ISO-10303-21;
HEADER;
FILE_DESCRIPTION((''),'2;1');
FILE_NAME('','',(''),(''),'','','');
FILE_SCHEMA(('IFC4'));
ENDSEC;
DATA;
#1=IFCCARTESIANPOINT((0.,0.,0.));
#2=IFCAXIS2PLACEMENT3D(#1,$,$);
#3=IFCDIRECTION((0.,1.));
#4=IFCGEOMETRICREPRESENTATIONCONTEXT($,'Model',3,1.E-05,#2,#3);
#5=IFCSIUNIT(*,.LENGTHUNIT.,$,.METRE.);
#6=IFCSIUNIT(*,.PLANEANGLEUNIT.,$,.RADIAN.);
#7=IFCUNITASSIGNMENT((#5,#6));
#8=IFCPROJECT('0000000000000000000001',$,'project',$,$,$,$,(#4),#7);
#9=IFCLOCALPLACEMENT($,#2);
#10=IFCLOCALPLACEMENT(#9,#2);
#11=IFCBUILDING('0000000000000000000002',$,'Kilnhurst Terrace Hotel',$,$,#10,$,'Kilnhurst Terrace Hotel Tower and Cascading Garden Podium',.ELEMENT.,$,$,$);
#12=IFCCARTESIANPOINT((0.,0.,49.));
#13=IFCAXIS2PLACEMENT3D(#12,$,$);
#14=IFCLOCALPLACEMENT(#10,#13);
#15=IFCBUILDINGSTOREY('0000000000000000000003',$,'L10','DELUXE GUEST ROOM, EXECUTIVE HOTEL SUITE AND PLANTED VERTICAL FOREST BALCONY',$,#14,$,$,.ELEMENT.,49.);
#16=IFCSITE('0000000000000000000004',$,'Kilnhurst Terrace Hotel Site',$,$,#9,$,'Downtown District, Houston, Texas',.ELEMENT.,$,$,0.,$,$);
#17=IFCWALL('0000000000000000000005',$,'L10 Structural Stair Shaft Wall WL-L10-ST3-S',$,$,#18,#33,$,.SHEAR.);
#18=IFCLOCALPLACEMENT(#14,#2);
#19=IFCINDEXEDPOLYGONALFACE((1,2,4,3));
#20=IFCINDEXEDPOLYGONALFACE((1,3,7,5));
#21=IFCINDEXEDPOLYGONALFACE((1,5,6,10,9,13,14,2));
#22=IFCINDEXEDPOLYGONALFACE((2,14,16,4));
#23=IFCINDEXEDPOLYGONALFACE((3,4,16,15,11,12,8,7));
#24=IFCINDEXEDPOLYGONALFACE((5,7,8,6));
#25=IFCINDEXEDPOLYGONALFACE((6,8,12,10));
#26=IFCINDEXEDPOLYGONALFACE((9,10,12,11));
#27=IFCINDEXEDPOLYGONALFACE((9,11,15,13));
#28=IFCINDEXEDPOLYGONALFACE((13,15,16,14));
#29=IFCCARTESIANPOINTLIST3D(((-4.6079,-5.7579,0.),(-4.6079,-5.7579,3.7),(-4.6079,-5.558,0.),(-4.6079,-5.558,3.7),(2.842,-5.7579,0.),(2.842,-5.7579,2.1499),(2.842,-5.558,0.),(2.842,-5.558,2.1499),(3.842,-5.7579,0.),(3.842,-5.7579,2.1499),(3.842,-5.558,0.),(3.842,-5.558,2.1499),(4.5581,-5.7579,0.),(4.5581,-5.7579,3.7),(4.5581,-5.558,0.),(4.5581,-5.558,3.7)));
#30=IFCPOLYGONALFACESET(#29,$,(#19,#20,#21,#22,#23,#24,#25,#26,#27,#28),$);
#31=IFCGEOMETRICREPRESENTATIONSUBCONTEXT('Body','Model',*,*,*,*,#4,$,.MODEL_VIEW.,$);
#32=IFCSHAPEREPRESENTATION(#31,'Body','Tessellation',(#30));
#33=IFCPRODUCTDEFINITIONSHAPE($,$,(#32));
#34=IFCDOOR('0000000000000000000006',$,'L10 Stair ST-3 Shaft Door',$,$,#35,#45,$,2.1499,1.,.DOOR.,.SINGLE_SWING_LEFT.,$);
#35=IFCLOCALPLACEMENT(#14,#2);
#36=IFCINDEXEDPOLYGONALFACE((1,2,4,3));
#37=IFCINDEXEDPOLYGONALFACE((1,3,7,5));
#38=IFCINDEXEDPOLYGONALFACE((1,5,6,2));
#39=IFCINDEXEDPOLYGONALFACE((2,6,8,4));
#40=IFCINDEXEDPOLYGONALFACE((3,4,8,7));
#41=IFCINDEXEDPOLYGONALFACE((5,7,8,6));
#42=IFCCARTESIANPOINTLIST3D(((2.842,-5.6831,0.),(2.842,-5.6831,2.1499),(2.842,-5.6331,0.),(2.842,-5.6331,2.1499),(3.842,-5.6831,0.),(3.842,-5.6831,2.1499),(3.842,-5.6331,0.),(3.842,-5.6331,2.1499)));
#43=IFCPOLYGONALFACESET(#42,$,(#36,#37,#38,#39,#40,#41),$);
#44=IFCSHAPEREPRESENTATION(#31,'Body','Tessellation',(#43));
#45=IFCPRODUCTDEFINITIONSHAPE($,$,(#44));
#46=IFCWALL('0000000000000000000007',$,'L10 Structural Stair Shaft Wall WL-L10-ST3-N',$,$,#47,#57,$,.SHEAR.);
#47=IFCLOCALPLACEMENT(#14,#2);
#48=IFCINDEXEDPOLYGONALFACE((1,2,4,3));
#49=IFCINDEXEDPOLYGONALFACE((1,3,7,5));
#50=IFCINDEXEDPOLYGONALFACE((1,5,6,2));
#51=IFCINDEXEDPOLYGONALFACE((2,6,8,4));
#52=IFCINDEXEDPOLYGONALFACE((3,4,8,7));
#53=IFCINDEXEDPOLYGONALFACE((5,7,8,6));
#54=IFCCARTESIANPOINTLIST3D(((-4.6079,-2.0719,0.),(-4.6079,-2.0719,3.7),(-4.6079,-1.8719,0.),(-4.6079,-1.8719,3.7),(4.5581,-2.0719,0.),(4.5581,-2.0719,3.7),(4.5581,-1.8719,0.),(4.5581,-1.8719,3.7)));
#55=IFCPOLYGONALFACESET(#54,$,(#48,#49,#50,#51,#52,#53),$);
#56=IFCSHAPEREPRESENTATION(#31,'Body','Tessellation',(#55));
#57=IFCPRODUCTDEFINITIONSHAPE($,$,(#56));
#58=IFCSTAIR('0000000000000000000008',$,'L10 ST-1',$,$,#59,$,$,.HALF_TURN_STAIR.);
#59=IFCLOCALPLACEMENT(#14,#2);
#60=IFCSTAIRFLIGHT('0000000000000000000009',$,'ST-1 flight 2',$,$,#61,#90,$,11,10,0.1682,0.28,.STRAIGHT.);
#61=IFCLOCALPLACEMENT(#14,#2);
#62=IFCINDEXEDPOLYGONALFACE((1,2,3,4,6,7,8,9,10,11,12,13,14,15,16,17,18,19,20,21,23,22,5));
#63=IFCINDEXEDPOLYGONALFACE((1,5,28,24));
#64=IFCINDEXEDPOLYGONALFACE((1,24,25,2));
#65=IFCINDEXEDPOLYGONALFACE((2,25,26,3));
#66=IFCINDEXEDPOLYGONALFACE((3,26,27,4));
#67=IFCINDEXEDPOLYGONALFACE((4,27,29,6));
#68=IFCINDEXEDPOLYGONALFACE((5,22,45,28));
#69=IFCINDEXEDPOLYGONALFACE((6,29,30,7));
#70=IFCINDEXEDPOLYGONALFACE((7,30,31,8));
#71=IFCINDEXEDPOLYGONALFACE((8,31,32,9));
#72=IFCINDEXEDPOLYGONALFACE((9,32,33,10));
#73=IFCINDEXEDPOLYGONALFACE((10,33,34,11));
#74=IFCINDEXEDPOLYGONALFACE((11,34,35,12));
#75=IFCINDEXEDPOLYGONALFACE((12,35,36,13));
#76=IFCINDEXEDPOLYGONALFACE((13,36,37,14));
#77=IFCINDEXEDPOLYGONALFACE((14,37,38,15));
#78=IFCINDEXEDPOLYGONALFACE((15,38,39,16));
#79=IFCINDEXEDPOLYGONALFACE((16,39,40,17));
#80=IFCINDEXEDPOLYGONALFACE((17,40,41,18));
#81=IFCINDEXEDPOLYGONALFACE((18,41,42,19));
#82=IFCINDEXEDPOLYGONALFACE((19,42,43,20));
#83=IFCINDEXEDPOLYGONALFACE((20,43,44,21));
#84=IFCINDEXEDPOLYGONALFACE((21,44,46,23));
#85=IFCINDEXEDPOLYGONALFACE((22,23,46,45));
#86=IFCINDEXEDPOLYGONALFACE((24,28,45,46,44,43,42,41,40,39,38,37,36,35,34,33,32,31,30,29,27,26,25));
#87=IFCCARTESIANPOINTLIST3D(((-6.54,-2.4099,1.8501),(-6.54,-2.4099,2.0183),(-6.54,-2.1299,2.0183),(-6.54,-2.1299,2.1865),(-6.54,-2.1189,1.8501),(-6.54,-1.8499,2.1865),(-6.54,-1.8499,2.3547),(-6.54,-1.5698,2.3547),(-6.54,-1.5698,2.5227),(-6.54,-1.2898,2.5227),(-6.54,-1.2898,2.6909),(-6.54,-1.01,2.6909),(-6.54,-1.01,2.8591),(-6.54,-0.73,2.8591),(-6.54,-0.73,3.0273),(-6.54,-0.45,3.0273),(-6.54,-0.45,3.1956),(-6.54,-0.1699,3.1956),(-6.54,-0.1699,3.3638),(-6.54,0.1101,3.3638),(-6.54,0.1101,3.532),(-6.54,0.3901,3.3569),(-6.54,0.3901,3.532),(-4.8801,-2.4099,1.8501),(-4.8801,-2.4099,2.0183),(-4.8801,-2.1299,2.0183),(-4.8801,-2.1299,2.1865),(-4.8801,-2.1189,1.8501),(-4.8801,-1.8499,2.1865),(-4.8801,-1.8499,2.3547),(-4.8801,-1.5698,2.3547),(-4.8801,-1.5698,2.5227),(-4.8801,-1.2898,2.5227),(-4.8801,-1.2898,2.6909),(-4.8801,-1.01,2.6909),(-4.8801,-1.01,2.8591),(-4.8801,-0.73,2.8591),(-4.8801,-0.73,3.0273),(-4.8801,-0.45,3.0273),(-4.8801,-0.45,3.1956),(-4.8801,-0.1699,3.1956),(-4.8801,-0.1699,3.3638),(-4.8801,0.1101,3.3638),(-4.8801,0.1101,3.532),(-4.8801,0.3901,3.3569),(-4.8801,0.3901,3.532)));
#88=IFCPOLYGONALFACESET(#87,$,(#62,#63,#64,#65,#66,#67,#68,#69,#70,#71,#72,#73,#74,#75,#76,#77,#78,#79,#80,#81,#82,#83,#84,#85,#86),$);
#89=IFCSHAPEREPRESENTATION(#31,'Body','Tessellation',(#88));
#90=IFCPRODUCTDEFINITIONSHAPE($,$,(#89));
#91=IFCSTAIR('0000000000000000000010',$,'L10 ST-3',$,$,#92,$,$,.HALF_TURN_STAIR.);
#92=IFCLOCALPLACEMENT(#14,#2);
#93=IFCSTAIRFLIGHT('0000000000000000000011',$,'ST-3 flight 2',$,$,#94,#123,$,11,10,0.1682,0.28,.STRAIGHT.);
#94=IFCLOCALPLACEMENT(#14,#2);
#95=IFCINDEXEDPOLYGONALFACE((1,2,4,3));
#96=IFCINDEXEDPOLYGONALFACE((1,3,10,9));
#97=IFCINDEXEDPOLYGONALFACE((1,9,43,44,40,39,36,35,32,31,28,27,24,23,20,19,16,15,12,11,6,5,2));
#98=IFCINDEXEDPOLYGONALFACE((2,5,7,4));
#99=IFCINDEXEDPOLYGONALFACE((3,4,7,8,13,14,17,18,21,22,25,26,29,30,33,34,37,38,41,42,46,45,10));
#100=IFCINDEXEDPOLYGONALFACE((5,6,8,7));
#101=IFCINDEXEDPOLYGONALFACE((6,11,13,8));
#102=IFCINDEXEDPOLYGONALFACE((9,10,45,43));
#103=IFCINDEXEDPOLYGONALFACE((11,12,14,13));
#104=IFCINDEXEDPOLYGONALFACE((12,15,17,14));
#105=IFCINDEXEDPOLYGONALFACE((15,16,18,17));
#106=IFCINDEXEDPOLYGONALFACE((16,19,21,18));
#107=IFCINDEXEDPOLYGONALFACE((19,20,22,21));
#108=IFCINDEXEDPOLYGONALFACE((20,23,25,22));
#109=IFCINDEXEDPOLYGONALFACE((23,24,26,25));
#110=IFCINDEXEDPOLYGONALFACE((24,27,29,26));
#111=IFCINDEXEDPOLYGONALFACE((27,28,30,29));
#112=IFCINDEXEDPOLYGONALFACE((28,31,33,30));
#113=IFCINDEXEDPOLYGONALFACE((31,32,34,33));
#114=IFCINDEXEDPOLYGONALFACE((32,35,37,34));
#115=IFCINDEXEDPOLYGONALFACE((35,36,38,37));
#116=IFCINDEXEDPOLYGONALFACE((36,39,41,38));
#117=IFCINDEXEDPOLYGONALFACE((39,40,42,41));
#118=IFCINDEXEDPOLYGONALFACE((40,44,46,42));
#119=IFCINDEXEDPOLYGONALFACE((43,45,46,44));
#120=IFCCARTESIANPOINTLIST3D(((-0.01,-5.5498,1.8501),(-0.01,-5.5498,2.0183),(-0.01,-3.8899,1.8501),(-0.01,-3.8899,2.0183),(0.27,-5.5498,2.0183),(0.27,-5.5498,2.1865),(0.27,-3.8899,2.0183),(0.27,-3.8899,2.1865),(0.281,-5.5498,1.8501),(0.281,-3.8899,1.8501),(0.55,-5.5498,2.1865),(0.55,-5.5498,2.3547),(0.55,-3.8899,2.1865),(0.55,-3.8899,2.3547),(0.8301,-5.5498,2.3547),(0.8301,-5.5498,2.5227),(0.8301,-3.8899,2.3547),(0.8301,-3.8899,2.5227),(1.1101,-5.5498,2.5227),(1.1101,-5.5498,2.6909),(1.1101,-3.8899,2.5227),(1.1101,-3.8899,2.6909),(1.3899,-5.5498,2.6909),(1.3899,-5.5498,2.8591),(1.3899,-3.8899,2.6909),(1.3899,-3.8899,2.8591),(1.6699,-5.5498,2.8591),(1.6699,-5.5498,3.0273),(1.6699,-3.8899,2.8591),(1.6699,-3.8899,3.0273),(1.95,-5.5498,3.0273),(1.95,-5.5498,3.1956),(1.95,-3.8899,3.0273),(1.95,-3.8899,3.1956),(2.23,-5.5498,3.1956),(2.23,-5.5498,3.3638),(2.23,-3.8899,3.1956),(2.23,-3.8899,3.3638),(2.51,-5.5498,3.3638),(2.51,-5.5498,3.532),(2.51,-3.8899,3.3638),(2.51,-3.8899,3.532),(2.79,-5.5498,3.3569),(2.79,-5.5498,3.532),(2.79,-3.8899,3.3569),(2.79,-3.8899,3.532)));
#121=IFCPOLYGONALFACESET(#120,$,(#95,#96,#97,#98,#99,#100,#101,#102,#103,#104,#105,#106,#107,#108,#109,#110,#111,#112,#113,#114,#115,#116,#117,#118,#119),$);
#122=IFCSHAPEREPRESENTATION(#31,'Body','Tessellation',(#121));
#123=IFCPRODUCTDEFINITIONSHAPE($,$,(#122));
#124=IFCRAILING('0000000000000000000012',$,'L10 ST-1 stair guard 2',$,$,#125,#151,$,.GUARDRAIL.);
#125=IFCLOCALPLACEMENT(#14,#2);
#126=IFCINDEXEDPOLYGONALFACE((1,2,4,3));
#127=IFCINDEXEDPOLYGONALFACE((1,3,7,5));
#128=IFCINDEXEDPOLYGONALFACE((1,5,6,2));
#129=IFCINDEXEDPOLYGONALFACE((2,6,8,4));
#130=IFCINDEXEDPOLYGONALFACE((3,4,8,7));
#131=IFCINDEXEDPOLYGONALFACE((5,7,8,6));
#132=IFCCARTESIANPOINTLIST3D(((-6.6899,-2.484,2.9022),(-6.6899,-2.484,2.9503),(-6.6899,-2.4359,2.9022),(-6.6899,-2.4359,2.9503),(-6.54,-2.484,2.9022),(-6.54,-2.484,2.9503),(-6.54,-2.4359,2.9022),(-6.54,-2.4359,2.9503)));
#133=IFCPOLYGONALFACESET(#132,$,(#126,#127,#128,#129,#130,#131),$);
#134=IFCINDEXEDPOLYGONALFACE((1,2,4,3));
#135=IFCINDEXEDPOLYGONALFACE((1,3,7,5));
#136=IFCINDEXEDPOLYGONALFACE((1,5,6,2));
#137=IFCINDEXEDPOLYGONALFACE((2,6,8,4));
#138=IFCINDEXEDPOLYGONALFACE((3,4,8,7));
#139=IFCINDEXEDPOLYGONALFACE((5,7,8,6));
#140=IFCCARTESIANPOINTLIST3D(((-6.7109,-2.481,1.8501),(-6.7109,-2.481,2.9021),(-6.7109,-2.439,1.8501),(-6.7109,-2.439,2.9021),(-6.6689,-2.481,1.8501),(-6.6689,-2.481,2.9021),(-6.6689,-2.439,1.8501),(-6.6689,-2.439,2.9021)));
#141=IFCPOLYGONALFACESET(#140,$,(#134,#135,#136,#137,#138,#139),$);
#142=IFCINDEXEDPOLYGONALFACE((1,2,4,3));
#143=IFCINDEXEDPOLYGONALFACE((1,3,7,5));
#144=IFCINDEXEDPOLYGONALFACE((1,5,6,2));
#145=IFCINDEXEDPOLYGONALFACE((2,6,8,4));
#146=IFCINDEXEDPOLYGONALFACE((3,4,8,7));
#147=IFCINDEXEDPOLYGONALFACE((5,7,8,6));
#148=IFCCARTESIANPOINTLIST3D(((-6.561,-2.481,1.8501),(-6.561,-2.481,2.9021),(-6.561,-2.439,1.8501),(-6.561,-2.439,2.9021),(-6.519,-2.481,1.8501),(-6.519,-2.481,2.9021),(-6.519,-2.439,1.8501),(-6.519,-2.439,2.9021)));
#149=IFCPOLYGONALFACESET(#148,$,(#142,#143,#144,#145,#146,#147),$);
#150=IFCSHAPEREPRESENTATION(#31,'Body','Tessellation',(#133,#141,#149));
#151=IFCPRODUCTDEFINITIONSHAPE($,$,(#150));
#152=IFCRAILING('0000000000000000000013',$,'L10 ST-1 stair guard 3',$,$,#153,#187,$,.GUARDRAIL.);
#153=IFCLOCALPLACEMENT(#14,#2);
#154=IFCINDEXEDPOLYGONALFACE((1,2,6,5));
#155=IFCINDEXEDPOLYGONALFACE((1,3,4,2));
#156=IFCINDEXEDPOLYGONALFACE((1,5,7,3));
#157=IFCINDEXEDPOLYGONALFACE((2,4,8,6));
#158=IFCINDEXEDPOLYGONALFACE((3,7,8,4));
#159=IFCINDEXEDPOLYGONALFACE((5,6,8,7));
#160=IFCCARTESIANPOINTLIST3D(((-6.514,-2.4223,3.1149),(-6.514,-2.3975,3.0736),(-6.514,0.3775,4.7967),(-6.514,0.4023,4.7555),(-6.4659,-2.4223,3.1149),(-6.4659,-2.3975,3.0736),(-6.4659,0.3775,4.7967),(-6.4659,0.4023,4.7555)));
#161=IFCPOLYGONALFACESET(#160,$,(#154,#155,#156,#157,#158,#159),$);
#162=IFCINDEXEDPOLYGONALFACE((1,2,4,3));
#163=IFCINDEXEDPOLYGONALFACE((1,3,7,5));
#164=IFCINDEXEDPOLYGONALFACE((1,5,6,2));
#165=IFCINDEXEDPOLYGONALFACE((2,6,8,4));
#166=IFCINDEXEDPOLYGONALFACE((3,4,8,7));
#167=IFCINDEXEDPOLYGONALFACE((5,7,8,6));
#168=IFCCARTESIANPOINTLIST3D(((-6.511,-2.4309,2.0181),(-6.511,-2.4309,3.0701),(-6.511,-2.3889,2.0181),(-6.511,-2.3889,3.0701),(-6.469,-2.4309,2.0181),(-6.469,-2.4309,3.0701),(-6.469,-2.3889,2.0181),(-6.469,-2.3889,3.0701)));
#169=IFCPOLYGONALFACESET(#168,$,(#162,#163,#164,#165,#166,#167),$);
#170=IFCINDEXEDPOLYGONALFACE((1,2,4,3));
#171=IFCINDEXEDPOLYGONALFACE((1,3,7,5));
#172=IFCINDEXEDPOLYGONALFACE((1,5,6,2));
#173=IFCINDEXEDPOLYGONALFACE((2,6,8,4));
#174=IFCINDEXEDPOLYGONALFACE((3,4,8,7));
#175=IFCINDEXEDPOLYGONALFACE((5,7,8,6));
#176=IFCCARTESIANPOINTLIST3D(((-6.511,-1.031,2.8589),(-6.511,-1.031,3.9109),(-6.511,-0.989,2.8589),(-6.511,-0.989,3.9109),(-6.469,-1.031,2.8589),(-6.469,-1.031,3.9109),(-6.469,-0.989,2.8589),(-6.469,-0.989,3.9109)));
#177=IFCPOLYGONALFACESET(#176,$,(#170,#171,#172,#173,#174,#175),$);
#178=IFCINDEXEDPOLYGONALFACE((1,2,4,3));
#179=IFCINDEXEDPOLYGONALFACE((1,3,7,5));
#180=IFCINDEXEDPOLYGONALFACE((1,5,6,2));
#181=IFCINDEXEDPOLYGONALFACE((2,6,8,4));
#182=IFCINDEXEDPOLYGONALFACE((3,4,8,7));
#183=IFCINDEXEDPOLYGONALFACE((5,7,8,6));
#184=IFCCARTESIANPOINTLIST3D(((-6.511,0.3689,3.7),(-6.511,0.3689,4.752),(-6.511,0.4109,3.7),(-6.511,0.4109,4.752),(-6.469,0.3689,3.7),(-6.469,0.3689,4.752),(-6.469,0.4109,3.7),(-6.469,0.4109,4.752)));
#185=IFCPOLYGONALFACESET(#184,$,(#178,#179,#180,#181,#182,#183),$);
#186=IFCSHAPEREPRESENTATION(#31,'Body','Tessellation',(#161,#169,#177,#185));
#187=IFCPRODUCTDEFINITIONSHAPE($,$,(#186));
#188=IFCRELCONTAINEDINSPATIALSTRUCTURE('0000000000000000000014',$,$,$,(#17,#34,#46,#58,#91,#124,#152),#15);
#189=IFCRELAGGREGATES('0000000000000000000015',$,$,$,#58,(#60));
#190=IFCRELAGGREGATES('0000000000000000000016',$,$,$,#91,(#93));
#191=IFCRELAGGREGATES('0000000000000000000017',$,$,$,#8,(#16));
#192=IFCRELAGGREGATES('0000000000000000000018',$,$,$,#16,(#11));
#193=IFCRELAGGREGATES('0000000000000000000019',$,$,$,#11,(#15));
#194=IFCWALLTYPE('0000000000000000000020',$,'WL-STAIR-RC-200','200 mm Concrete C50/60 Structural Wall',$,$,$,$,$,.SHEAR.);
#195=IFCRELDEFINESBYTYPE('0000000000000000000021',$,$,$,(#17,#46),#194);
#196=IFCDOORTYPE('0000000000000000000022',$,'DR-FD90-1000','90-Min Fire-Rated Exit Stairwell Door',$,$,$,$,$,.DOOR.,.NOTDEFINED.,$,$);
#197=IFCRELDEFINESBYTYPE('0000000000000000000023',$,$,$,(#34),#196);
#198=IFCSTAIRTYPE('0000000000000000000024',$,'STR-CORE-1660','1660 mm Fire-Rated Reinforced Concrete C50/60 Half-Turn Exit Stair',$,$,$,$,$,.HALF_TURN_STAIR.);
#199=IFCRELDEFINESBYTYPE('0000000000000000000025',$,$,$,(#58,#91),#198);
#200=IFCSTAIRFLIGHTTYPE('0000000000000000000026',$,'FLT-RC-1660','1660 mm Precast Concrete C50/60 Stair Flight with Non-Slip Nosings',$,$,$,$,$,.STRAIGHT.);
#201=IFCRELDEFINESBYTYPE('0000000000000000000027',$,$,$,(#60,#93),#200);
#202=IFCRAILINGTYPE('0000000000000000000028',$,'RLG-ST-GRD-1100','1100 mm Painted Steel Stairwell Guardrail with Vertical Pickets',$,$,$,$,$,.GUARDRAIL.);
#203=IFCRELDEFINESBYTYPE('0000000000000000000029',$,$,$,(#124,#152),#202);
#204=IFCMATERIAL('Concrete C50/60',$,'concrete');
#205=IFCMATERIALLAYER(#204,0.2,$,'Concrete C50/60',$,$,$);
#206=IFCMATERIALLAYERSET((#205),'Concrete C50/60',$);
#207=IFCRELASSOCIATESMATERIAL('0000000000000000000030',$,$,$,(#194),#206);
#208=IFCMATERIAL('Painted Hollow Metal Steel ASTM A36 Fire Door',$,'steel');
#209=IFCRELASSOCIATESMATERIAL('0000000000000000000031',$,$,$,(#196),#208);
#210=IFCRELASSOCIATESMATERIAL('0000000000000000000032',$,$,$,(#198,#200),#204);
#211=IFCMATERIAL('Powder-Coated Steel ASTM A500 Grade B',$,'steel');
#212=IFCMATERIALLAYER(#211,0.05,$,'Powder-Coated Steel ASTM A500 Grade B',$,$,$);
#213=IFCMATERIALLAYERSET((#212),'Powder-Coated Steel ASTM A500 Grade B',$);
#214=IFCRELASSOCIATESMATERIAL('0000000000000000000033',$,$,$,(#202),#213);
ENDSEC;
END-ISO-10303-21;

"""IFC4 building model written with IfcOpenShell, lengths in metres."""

from ifc_helpers import new_model, si_unit, direction, frame, frame_2d, origin, origin_2d, place, context, subcontext, project, spatial, polyline, rectangle, outline, extrude, material, layer, layer_set, type_object, element, fill, aggregate, save


model = new_model("IFC4")

# Units and contexts
model_context = context("Model", 3, precision=1e-05, world=origin(), true_north=direction((0.0, 1.0)))
body_context = subcontext(model_context, "Body", "Model", "MODEL_VIEW")
ifc_project = project(units=[si_unit("LENGTHUNIT", "METRE"), si_unit("PLANEANGLEUNIT", "RADIAN")], contexts=[model_context])

# Site, building, storey
site_placement = place(None, origin())
site = spatial("IfcSite", under=ifc_project, at=site_placement, Name="Kilnhurst Terrace Hotel Site", LongName="Downtown District, Houston, Texas", CompositionType="ELEMENT", RefElevation=0.0)
building_placement = place(site_placement, origin())
building = spatial("IfcBuilding", under=site, at=building_placement, Name="Kilnhurst Terrace Hotel", LongName="Kilnhurst Terrace Hotel Tower and Cascading Garden Podium", CompositionType="ELEMENT")
storey_placement = place(building_placement, frame((0.0, 0.0, 49.0)))
storey = spatial("IfcBuildingStorey", under=building, at=storey_placement, Name="L10", Description="DELUXE GUEST ROOM, EXECUTIVE HOTEL SUITE AND PLANTED VERTICAL FOREST BALCONY", CompositionType="ELEMENT", Elevation=49.0)

# Shared definitions
ifc_material_1 = material(Name="Concrete C50/60", Category="concrete")
ifc_layer_1 = layer(ifc_material_1, 0.2, Name="Concrete C50/60")
ifc_layer_set_1 = layer_set([ifc_layer_1], Name="Concrete C50/60")
wall_type_1 = type_object("IfcWallType", Name="WL-STAIR-RC-200", Description="200 mm Concrete C50/60 Structural Wall", PredefinedType="SHEAR", material=ifc_layer_set_1)

# Wall, opening, door
wall_1_placement = place(storey_placement, frame((-4.6079, -5.658, 0.0), z_axis=(0.0, 0.0, 1.0), x_axis=(1.0, 0.0, 0.0)))
wall_1 = element("IfcWall", 1, at=wall_1_placement, inside=storey, type_object=wall_type_1, Name="L10 Structural Stair Shaft Wall WL-L10-ST3-S", PredefinedType="SHEAR", context=body_context, shape_type="SweptSolid", body=[
    extrude(rectangle(XDim=9.166, YDim=0.2, at=frame_2d((4.583, 0.0))), origin(), (0.0, 0.0, 1.0), 3.7),
])
opening_1_placement = place(wall_1_placement, frame((7.45, 0.0, 0.0)))
opening_1 = element("IfcOpeningElement", 2, at=opening_1_placement, cuts=wall_1, PredefinedType="OPENING", context=body_context, shape_type="SweptSolid", body=[
    extrude(rectangle(XDim=1.0, YDim=2.1499, at=frame_2d((0.5, 1.075))), frame((0.0, 0.1099, 0.0), z_axis=(0.0, -1.0, 0.0), x_axis=(1.0, 0.0, 0.0)), (0.0, 0.0, 1.0), 0.22),
])
ifc_material_2 = material(Name="Painted Hollow Metal Steel ASTM A36 Fire Door", Category="steel")
door_type_1 = type_object("IfcDoorType", Name="DR-FD90-1000", Description="90-Min Fire-Rated Exit Stairwell Door", OperationType="NOTDEFINED", PredefinedType="DOOR", material=ifc_material_2)
door_1_placement = place(opening_1_placement, origin())
door_1 = element("IfcDoor", 3, at=door_1_placement, inside=storey, type_object=door_type_1, Name="L10 Stair ST-3 Shaft Door", OperationType="SINGLE_SWING_LEFT", OverallHeight=2.1499, OverallWidth=1.0, PredefinedType="DOOR", context=body_context, shape_type="SweptSolid", body=[
    extrude(rectangle(XDim=1.0, YDim=2.1499, at=frame_2d((0.5, 1.075))), frame((0.0, 0.0249, 0.0), z_axis=(0.0, -1.0, 0.0), x_axis=(1.0, 0.0, 0.0)), (0.0, 0.0, 1.0), 0.05),
])
fill(opening_1, door_1)

# Wall
wall_2_placement = place(storey_placement, frame((-4.6079, -1.9719, 0.0), z_axis=(0.0, 0.0, 1.0), x_axis=(1.0, 0.0, 0.0)))
element("IfcWall", 4, at=wall_2_placement, inside=storey, type_object=wall_type_1, Name="L10 Structural Stair Shaft Wall WL-L10-ST3-N", PredefinedType="SHEAR", context=body_context, shape_type="SweptSolid", body=[
    extrude(rectangle(XDim=9.166, YDim=0.2, at=frame_2d((4.583, 0.0))), origin(), (0.0, 0.0, 1.0), 3.7),
])

# Stairs, stair flights
stair_type = type_object("IfcStairType", Name="STR-CORE-1660", Description="1660 mm Fire-Rated Reinforced Concrete C50/60 Half-Turn Exit Stair", PredefinedType="HALF_TURN_STAIR", material=ifc_material_1)
stair_1_placement = place(storey_placement, origin())
stair_1 = element("IfcStair", 5, at=stair_1_placement, inside=storey, type_object=stair_type, Name="L10 ST-1", PredefinedType="HALF_TURN_STAIR")
stair_flight_type = type_object("IfcStairFlightType", Name="FLT-RC-1660", Description="1660 mm Precast Concrete C50/60 Stair Flight with Non-Slip Nosings", PredefinedType="STRAIGHT", material=ifc_material_1)
stair_flight_1_placement = place(storey_placement, frame((-5.71, -2.4099, 1.8501), z_axis=(0.0, 0.0, 1.0), x_axis=(0.0, 1.0, 0.0)))
stair_flight_1 = element("IfcStairFlight", 6, at=stair_flight_1_placement, type_object=stair_flight_type, Name="ST-1 flight 2", NumberOfRisers=11, NumberOfTreads=10, PredefinedType="STRAIGHT", RiserHeight=0.1682, TreadLength=0.28, context=body_context, shape_type="SweptSolid", body=[
    extrude(outline(polyline([(0.0, 0.0), (0.0, 0.1682), (0.28, 0.1682), (0.28, 0.3364), (0.5601, 0.3364), (0.5601, 0.5046), (0.8401, 0.5046), (0.8401, 0.6726), (1.1201, 0.6726), (1.1201, 0.8408), (1.3999, 0.8408), (1.3999, 1.009), (1.6799, 1.009), (1.6799, 1.1772), (1.96, 1.1772), (1.96, 1.3455), (2.24, 1.3455), (2.24, 1.5137), (2.52, 1.5137), (2.52, 1.6819), (2.8, 1.6819), (2.8, 1.8501), (2.8, 1.5068), (0.291, 0.0), (0.0, 0.0)])), frame((0.0, 0.8301, 0.0), z_axis=(0.0, -1.0, 0.0), x_axis=(1.0, 0.0, 0.0)), (0.0, 0.0, 1.0), 1.6599),
])
aggregate(stair_1, [stair_flight_1])
stair_2_placement = place(storey_placement, origin())
stair_2 = element("IfcStair", 7, at=stair_2_placement, inside=storey, type_object=stair_type, Name="L10 ST-3", PredefinedType="HALF_TURN_STAIR")
stair_flight_2_placement = place(storey_placement, frame((-0.01, -4.72, 1.8501), z_axis=(0.0, 0.0, 1.0), x_axis=(1.0, 0.0, 0.0)))
stair_flight_2 = element("IfcStairFlight", 8, at=stair_flight_2_placement, type_object=stair_flight_type, Name="ST-3 flight 2", NumberOfRisers=11, NumberOfTreads=10, PredefinedType="STRAIGHT", RiserHeight=0.1682, TreadLength=0.28, context=body_context, shape_type="SweptSolid", body=[
    extrude(outline(polyline([(0.0, 0.0), (0.0, 0.1682), (0.28, 0.1682), (0.28, 0.3364), (0.5601, 0.3364), (0.5601, 0.5046), (0.8401, 0.5046), (0.8401, 0.6726), (1.1201, 0.6726), (1.1201, 0.8408), (1.3999, 0.8408), (1.3999, 1.009), (1.6799, 1.009), (1.6799, 1.1772), (1.96, 1.1772), (1.96, 1.3455), (2.24, 1.3455), (2.24, 1.5137), (2.52, 1.5137), (2.52, 1.6819), (2.8, 1.6819), (2.8, 1.8501), (2.8, 1.5068), (0.291, 0.0), (0.0, 0.0)])), frame((0.0, 0.8301, 0.0), z_axis=(0.0, -1.0, 0.0), x_axis=(1.0, 0.0, 0.0)), (0.0, 0.0, 1.0), 1.6599),
])
aggregate(stair_2, [stair_flight_2])

# Railings
ifc_material_3 = material(Name="Powder-Coated Steel ASTM A500 Grade B", Category="steel")
ifc_layer_2 = layer(ifc_material_3, 0.05, Name="Powder-Coated Steel ASTM A500 Grade B")
ifc_layer_set_2 = layer_set([ifc_layer_2], Name="Powder-Coated Steel ASTM A500 Grade B")
railing_type_1 = type_object("IfcRailingType", Name="RLG-ST-GRD-1100", Description="1100 mm Painted Steel Stairwell Guardrail with Vertical Pickets", PredefinedType="GUARDRAIL", material=ifc_layer_set_2)
railing_1_placement = place(storey_placement, frame((-6.6899, -2.46, 1.8501)))
element("IfcRailing", 9, at=railing_1_placement, inside=storey, type_object=railing_type_1, Name="L10 ST-1 stair guard 2", PredefinedType="GUARDRAIL", context=body_context, shape_type="SweptSolid", body=[
    extrude(rectangle(XDim=0.0481, YDim=0.0481, at=origin_2d()), frame((0.0, 0.0, 1.0762), z_axis=(1.0, 0.0, 0.0), x_axis=(0.0, 1.0, 0.0)), (0.0, 0.0, 1.0), 0.1499),
    extrude(rectangle(XDim=0.042, YDim=0.042, at=origin_2d()), origin(), (0.0, 0.0, 1.0), 1.052),
    extrude(rectangle(XDim=0.042, YDim=0.042, at=origin_2d()), frame((0.1499, 0.0, 0.0)), (0.0, 0.0, 1.0), 1.052),
])
railing_2_placement = place(storey_placement, frame((-6.49, -2.4099, 2.0181)))
element("IfcRailing", 10, at=railing_2_placement, inside=storey, type_object=railing_type_1, Name="L10 ST-1 stair guard 3", PredefinedType="GUARDRAIL", context=body_context, shape_type="SweptSolid", body=[
    extrude(rectangle(XDim=0.0481, YDim=0.0481, at=origin_2d()), frame((0.0, 0.0, 1.0762), z_axis=(0.0, 0.857222, 0.514946), x_axis=(-1.0, 0.0, 0.0)), (0.0, 0.0, 1.0), 3.2661),
    extrude(rectangle(XDim=0.042, YDim=0.042, at=origin_2d()), origin(), (0.0, 0.0, 1.0), 1.052),
    extrude(rectangle(XDim=0.042, YDim=0.042, at=origin_2d()), frame((0.0, 1.3999, 0.8408)), (0.0, 0.0, 1.0), 1.052),
    extrude(rectangle(XDim=0.042, YDim=0.042, at=origin_2d()), frame((0.0, 2.7998, 1.6819)), (0.0, 0.0, 1.0), 1.052),
])

save(model, "model.ifc")
